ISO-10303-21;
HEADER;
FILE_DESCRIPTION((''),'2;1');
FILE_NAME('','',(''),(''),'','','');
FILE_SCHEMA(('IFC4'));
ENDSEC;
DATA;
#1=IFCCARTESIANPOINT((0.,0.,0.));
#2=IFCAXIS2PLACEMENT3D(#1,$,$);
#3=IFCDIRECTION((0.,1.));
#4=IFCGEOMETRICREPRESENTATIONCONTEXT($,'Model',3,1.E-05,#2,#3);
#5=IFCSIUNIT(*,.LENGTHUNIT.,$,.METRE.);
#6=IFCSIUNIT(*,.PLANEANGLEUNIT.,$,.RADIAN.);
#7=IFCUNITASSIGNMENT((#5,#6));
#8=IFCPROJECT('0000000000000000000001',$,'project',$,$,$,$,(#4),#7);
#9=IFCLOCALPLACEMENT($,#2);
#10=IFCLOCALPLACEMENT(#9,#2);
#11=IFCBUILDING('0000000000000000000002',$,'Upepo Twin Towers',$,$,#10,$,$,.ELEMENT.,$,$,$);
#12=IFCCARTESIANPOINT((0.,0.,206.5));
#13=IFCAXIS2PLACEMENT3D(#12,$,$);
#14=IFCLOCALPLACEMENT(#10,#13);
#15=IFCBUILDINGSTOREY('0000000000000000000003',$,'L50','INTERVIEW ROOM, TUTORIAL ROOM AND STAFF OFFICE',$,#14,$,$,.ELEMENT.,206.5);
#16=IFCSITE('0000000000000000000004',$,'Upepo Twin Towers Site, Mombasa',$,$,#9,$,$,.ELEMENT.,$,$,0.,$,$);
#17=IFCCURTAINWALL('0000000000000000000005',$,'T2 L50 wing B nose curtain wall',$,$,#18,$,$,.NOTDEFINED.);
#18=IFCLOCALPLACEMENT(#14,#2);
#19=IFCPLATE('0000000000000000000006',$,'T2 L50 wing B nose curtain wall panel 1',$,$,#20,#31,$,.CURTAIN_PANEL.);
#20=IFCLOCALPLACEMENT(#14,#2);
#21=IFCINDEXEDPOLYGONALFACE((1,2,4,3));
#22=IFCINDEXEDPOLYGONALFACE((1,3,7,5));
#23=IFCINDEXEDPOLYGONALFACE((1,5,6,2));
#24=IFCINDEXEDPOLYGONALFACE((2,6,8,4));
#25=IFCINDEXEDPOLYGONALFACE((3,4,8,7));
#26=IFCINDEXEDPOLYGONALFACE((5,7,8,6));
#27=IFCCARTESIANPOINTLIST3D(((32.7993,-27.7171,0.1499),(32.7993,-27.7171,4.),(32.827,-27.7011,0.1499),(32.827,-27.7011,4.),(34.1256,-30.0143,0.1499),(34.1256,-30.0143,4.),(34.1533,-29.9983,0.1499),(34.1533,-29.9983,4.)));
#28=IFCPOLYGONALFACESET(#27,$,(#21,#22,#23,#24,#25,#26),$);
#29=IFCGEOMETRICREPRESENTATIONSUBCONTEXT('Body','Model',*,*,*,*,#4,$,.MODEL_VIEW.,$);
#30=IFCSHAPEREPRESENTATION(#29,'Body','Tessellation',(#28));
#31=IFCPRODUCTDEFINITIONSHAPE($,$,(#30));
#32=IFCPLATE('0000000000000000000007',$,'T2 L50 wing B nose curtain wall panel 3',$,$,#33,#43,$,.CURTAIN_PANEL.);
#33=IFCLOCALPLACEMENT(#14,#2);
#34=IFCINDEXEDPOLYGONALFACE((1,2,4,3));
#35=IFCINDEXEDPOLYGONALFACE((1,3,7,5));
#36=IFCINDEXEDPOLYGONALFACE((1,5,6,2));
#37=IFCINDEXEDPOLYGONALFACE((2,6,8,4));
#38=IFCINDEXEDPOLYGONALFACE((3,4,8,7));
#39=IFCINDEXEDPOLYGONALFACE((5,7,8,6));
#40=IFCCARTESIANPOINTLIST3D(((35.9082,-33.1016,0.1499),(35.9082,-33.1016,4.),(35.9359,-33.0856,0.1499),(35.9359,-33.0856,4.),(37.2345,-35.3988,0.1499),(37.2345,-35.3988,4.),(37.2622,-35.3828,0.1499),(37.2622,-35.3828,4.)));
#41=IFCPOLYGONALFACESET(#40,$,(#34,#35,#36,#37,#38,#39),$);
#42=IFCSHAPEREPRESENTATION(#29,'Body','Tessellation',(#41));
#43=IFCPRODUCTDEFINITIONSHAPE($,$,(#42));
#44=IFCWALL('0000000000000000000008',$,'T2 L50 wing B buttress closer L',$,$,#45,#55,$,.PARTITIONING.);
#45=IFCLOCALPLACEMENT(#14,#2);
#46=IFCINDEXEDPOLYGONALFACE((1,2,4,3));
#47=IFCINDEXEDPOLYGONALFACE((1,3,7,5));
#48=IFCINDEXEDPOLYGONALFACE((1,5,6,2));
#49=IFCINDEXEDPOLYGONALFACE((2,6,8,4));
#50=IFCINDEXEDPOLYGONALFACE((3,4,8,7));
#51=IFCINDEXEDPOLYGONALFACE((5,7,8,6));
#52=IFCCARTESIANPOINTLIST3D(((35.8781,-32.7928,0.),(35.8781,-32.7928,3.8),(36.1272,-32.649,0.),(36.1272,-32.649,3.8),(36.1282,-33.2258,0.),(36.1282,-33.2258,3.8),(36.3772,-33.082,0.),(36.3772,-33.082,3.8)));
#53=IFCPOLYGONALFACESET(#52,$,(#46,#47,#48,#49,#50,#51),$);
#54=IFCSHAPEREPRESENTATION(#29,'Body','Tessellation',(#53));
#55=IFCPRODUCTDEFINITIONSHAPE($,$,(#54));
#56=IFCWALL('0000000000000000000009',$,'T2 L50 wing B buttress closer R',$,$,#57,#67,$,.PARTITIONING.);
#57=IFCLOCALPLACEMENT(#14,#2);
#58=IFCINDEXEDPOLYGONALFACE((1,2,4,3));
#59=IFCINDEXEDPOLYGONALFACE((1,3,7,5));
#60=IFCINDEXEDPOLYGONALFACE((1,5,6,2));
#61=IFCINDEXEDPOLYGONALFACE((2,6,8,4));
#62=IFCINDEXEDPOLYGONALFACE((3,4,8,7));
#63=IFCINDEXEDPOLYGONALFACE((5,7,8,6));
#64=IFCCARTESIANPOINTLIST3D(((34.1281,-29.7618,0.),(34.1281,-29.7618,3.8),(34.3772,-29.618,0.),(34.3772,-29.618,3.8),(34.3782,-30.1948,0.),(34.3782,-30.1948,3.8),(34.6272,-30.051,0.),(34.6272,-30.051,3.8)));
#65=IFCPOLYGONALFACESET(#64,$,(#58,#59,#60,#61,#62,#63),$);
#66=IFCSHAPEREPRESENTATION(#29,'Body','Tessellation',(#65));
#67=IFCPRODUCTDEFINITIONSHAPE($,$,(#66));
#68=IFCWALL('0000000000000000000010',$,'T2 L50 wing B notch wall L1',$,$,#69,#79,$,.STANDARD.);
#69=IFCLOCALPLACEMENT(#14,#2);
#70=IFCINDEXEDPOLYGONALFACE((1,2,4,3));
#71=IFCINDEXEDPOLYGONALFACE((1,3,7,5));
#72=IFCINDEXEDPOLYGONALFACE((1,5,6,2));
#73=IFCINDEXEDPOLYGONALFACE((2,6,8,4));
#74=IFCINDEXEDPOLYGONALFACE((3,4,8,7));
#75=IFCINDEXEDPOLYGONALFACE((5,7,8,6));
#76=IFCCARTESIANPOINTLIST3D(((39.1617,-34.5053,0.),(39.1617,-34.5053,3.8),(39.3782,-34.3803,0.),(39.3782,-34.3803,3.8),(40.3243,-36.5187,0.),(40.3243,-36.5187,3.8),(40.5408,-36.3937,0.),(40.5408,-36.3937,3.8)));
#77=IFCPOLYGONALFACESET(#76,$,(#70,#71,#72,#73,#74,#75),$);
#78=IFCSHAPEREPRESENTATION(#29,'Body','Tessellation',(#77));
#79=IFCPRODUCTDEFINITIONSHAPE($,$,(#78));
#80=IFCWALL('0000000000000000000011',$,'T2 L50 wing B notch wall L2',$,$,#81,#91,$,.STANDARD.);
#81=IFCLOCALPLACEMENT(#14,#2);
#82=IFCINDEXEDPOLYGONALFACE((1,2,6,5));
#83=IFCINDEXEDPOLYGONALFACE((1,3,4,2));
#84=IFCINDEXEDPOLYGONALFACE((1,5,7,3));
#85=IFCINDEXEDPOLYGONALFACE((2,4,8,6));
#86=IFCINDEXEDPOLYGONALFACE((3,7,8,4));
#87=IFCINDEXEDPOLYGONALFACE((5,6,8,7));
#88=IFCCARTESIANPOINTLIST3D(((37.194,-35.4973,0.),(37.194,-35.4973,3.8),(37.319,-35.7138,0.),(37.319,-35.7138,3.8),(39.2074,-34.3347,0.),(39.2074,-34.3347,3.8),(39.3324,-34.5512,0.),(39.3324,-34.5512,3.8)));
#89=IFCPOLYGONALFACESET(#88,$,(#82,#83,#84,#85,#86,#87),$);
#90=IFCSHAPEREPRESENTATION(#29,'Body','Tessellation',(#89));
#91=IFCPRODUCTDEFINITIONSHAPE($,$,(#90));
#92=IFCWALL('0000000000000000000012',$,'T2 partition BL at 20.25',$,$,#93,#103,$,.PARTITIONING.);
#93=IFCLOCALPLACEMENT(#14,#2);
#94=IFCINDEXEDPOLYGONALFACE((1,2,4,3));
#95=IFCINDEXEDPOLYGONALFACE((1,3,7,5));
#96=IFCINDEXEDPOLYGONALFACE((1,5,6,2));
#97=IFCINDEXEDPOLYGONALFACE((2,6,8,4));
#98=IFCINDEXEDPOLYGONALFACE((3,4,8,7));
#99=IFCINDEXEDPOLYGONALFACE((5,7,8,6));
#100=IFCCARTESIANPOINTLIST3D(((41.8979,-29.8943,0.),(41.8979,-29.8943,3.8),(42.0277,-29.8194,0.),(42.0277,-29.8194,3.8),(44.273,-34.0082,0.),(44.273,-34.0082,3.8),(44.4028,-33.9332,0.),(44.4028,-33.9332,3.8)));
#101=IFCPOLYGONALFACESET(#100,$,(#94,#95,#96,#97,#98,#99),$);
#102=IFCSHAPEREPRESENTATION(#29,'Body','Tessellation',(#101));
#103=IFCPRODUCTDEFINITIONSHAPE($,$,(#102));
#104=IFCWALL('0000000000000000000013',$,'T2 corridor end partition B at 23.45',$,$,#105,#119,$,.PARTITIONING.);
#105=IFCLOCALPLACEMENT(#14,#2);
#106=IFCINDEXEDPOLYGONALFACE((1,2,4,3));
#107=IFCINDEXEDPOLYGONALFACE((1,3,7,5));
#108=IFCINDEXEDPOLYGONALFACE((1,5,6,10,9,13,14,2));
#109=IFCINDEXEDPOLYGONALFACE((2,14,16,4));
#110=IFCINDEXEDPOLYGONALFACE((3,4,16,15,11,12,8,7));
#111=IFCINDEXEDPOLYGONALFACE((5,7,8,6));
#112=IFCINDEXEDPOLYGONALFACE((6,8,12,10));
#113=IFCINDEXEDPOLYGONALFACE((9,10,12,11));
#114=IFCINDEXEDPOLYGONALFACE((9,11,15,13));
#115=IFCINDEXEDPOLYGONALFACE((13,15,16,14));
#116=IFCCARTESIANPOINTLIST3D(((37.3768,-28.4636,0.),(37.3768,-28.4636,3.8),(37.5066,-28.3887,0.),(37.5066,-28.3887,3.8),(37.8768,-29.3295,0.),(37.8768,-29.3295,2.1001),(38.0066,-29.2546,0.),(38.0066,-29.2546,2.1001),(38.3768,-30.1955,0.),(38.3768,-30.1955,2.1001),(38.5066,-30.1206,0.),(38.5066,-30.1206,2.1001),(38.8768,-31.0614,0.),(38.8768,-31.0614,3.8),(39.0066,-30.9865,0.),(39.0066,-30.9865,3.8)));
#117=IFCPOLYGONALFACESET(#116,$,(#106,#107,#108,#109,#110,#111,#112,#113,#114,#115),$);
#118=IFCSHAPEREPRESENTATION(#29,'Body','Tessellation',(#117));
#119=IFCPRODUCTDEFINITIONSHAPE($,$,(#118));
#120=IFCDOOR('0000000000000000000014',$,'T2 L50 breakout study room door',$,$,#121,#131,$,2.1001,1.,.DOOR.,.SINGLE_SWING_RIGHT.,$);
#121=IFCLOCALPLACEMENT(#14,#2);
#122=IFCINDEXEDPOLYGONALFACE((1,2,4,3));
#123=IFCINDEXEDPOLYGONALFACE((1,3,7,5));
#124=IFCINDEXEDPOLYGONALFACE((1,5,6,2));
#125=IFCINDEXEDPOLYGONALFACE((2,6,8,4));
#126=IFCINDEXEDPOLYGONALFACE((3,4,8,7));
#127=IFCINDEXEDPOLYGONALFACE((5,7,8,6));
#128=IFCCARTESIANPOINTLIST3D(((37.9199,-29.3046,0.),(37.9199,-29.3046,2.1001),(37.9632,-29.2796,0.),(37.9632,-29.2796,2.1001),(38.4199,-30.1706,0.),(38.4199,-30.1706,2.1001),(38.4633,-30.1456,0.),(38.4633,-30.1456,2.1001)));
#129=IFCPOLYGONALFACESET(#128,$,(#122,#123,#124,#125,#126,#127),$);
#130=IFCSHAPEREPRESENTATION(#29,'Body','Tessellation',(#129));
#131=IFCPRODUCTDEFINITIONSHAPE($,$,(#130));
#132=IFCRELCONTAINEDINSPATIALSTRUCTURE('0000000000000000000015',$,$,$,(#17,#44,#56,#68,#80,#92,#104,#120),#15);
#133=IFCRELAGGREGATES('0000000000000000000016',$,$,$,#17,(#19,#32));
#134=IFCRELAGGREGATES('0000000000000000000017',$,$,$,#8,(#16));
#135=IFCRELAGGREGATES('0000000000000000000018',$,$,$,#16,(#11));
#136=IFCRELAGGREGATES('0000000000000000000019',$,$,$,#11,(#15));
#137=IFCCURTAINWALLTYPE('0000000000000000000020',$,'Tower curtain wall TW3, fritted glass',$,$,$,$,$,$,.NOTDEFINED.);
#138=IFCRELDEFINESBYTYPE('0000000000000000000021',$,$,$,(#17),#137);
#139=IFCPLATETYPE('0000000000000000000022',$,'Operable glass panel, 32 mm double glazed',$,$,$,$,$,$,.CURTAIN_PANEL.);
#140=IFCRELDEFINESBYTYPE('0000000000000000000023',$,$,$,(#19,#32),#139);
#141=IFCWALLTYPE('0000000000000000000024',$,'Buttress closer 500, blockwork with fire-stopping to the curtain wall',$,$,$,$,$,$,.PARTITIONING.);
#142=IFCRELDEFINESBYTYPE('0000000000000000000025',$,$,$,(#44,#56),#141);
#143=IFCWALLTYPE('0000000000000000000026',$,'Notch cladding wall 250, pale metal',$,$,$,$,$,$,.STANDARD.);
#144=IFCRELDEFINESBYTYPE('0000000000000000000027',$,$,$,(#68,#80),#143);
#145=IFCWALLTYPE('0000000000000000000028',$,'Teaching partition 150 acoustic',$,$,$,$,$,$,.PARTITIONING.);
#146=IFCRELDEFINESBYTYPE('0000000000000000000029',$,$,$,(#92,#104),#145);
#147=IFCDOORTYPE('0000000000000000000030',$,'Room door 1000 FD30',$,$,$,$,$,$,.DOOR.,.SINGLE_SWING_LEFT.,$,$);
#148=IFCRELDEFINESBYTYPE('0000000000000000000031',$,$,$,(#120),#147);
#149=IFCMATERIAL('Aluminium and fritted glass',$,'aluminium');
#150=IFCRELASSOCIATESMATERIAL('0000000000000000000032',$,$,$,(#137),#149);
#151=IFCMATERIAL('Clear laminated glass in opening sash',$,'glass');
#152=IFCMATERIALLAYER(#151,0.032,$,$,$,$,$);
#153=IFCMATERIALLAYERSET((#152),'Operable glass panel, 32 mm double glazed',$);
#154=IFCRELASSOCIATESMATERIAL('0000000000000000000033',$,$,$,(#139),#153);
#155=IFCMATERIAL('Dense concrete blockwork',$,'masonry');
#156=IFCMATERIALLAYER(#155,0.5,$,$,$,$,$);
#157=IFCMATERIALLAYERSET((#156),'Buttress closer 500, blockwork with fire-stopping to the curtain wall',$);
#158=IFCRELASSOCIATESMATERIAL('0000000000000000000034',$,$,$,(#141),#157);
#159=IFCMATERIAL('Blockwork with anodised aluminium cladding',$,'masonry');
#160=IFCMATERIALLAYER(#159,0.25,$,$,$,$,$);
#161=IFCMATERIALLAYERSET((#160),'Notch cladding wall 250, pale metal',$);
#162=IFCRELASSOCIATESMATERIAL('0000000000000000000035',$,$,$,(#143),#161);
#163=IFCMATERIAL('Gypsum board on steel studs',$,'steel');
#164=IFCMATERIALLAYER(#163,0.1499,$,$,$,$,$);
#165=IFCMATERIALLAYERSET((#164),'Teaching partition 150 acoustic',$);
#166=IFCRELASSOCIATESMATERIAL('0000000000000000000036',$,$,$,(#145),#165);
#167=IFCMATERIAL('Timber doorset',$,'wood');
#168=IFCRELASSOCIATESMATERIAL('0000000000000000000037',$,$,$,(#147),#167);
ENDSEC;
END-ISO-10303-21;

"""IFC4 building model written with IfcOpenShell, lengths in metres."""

from ifc_helpers import new_model, si_unit, direction, frame, frame_2d, origin, origin_2d, place, context, subcontext, project, spatial, rectangle, extrude, material, layer, layer_set, type_object, element, fill, aggregate, save


model = new_model("IFC4")

# Units and contexts
model_context = context("Model", 3, precision=1e-05, world=origin(), true_north=direction((0.0, 1.0)))
body_context = subcontext(model_context, "Body", "Model", "MODEL_VIEW")
ifc_project = project(units=[si_unit("LENGTHUNIT", "METRE"), si_unit("PLANEANGLEUNIT", "RADIAN")], contexts=[model_context])

# Site, building, storey
site_placement = place(None, origin())
site = spatial("IfcSite", under=ifc_project, at=site_placement, Name="Upepo Twin Towers Site, Mombasa", CompositionType="ELEMENT", RefElevation=0.0)
building_placement = place(site_placement, origin())
building = spatial("IfcBuilding", under=site, at=building_placement, Name="Upepo Twin Towers", CompositionType="ELEMENT")
storey_placement = place(building_placement, frame((0.0, 0.0, 206.5)))
storey = spatial("IfcBuildingStorey", under=building, at=storey_placement, Name="L50", Description="INTERVIEW ROOM, TUTORIAL ROOM AND STAFF OFFICE", CompositionType="ELEMENT", Elevation=206.5)

# Shared definitions
ifc_material_1 = material(Name="Aluminium and fritted glass", Category="aluminium")
curtain_wall_type = type_object("IfcCurtainWallType", Name="Tower curtain wall TW3, fritted glass", PredefinedType="NOTDEFINED", material=ifc_material_1)

# Curtain wall
curtain_wall_1_placement = place(storey_placement, origin())
curtain_wall_1 = element("IfcCurtainWall", 1, at=curtain_wall_1_placement, inside=storey, type_object=curtain_wall_type, Name="T2 L50 wing B nose curtain wall", PredefinedType="NOTDEFINED")

# Plates
ifc_material_2 = material(Name="Clear laminated glass in opening sash", Category="glass")
ifc_layer_1 = layer(ifc_material_2, 0.032)
ifc_layer_set_1 = layer_set([ifc_layer_1], Name="Operable glass panel, 32 mm double glazed")
plate_type_1 = type_object("IfcPlateType", Name="Operable glass panel, 32 mm double glazed", PredefinedType="CURTAIN_PANEL", material=ifc_layer_set_1)
plate_1_placement = place(storey_placement, frame((33.4763, -28.8577, 0.1499), z_axis=(0.0, 0.0, 1.0), x_axis=(0.5, -0.866025, 0.0)))
plate_1 = element("IfcPlate", 2, at=plate_1_placement, type_object=plate_type_1, Name="T2 L50 wing B nose curtain wall panel 1", PredefinedType="CURTAIN_PANEL", context=body_context, shape_type="SweptSolid", body=[
    extrude(rectangle(XDim=2.6526, YDim=0.032, at=origin_2d()), origin(), (0.0, 0.0, 1.0), 3.8501),
])
plate_2_placement = place(storey_placement, frame((36.5852, -34.2422, 0.1499), z_axis=(0.0, 0.0, 1.0), x_axis=(0.5, -0.866025, 0.0)))
plate_2 = element("IfcPlate", 3, at=plate_2_placement, type_object=plate_type_1, Name="T2 L50 wing B nose curtain wall panel 3", PredefinedType="CURTAIN_PANEL", context=body_context, shape_type="SweptSolid", body=[
    extrude(rectangle(XDim=2.6526, YDim=0.032, at=origin_2d()), origin(), (0.0, 0.0, 1.0), 3.8501),
])
aggregate(curtain_wall_1, [plate_1, plate_2])

# Walls
ifc_material_3 = material(Name="Dense concrete blockwork", Category="masonry")
ifc_layer_2 = layer(ifc_material_3, 0.5)
ifc_layer_set_2 = layer_set([ifc_layer_2], Name="Buttress closer 500, blockwork with fire-stopping to the curtain wall")
wall_type_1 = type_object("IfcWallType", Name="Buttress closer 500, blockwork with fire-stopping to the curtain wall", PredefinedType="PARTITIONING", material=ifc_layer_set_2)
for number, where, z_axis, x_axis, name in (
    (4, (36.2522, -32.8655, 0.0), (0.0, 0.0, 1.0), (-0.865988, -0.500065, 0.0), "T2 L50 wing B buttress closer L"),
    (5, (34.5022, -29.8345, 0.0), (0.0, 0.0, 1.0), (-0.865988, -0.500065, 0.0), "T2 L50 wing B buttress closer R"),
):
    element("IfcWall", number, at=place(storey_placement, frame(where, z_axis=z_axis, x_axis=x_axis)), inside=storey, type_object=wall_type_1, Name=name, PredefinedType="PARTITIONING", context=body_context, shape_type="SweptSolid", body=[
        extrude(rectangle(XDim=0.2876, YDim=0.5, at=frame_2d((0.1438, 0.0))), origin(), (0.0, 0.0, 1.0), 3.8),
    ])
ifc_material_4 = material(Name="Blockwork with anodised aluminium cladding", Category="masonry")
ifc_layer_3 = layer(ifc_material_4, 0.25)
ifc_layer_set_3 = layer_set([ifc_layer_3], Name="Notch cladding wall 250, pale metal")
wall_type_2 = type_object("IfcWallType", Name="Notch cladding wall 250, pale metal", PredefinedType="STANDARD", material=ifc_layer_set_3)
for number, where, z_axis, x_axis, name in (
    (6, (40.4326, -36.4563, 0.0), (0.0, 0.0, 1.0), (-0.500047, 0.865998, 0.0), "T2 L50 wing B notch wall L1"),
    (7, (39.27, -34.4429, 0.0), (0.0, 0.0, 1.0), (-0.865998, -0.500047, 0.0), "T2 L50 wing B notch wall L2"),
):
    element("IfcWall", number, at=place(storey_placement, frame(where, z_axis=z_axis, x_axis=x_axis)), inside=storey, type_object=wall_type_2, Name=name, PredefinedType="STANDARD", context=body_context, shape_type="SweptSolid", body=[
        extrude(rectangle(XDim=2.325, YDim=0.25, at=frame_2d((1.1626, 0.0))), origin(), (0.0, 0.0, 1.0), 3.8),
    ])
ifc_material_5 = material(Name="Gypsum board on steel studs", Category="steel")
ifc_layer_4 = layer(ifc_material_5, 0.1499)
ifc_layer_set_4 = layer_set([ifc_layer_4], Name="Teaching partition 150 acoustic")
wall_type_3 = type_object("IfcWallType", Name="Teaching partition 150 acoustic", PredefinedType="PARTITIONING", material=ifc_layer_set_4)
wall_1_placement = place(storey_placement, frame((41.9629, -29.8569, 0.0), z_axis=(0.0, 0.0, 1.0), x_axis=(0.499986, -0.866033, 0.0)))
element("IfcWall", 8, at=wall_1_placement, inside=storey, type_object=wall_type_3, Name="T2 partition BL at 20.25", PredefinedType="PARTITIONING", context=body_context, shape_type="SweptSolid", body=[
    extrude(rectangle(XDim=4.7502, YDim=0.1499, at=frame_2d((2.375, 0.0))), origin(), (0.0, 0.0, 1.0), 3.8),
])

# Wall, opening, door
wall_2_placement = place(storey_placement, frame((37.4417, -28.426, 0.0), z_axis=(0.0, 0.0, 1.0), x_axis=(0.500025, -0.866011, 0.0)))
wall_2 = element("IfcWall", 9, at=wall_2_placement, inside=storey, type_object=wall_type_3, Name="T2 corridor end partition B at 23.45", PredefinedType="PARTITIONING", context=body_context, shape_type="SweptSolid", body=[
    extrude(rectangle(XDim=2.9998, YDim=0.1499, at=frame_2d((1.5, 0.0))), origin(), (0.0, 0.0, 1.0), 3.8),
])
opening_placement = place(wall_2_placement, frame((1.0, 0.0, 0.0)))
opening = element("IfcOpeningElement", 10, at=opening_placement, cuts=wall_2, PredefinedType="OPENING", context=body_context, shape_type="SweptSolid", body=[
    extrude(rectangle(XDim=1.0, YDim=2.1001, at=frame_2d((0.5, 1.05))), frame((0.0, 0.085, 0.0), z_axis=(0.0, -1.0, 0.0), x_axis=(1.0, 0.0, 0.0)), (0.0, 0.0, 1.0), 0.1699),
])
ifc_material_6 = material(Name="Timber doorset", Category="wood")
door_type = type_object("IfcDoorType", Name="Room door 1000 FD30", OperationType="SINGLE_SWING_LEFT", PredefinedType="DOOR", material=ifc_material_6)
door_placement = place(opening_placement, origin())
door = element("IfcDoor", 11, at=door_placement, inside=storey, type_object=door_type, Name="T2 L50 breakout study room door", OperationType="SINGLE_SWING_RIGHT", OverallHeight=2.1001, OverallWidth=1.0, PredefinedType="DOOR", context=body_context, shape_type="SweptSolid", body=[
    extrude(rectangle(XDim=1.0, YDim=2.1001, at=frame_2d((0.5, 1.05))), frame((0.0, 0.0249, 0.0), z_axis=(0.0, -1.0, 0.0), x_axis=(1.0, 0.0, 0.0)), (0.0, 0.0, 1.0), 0.05),
])
fill(opening, door)

save(model, "model.ifc")
